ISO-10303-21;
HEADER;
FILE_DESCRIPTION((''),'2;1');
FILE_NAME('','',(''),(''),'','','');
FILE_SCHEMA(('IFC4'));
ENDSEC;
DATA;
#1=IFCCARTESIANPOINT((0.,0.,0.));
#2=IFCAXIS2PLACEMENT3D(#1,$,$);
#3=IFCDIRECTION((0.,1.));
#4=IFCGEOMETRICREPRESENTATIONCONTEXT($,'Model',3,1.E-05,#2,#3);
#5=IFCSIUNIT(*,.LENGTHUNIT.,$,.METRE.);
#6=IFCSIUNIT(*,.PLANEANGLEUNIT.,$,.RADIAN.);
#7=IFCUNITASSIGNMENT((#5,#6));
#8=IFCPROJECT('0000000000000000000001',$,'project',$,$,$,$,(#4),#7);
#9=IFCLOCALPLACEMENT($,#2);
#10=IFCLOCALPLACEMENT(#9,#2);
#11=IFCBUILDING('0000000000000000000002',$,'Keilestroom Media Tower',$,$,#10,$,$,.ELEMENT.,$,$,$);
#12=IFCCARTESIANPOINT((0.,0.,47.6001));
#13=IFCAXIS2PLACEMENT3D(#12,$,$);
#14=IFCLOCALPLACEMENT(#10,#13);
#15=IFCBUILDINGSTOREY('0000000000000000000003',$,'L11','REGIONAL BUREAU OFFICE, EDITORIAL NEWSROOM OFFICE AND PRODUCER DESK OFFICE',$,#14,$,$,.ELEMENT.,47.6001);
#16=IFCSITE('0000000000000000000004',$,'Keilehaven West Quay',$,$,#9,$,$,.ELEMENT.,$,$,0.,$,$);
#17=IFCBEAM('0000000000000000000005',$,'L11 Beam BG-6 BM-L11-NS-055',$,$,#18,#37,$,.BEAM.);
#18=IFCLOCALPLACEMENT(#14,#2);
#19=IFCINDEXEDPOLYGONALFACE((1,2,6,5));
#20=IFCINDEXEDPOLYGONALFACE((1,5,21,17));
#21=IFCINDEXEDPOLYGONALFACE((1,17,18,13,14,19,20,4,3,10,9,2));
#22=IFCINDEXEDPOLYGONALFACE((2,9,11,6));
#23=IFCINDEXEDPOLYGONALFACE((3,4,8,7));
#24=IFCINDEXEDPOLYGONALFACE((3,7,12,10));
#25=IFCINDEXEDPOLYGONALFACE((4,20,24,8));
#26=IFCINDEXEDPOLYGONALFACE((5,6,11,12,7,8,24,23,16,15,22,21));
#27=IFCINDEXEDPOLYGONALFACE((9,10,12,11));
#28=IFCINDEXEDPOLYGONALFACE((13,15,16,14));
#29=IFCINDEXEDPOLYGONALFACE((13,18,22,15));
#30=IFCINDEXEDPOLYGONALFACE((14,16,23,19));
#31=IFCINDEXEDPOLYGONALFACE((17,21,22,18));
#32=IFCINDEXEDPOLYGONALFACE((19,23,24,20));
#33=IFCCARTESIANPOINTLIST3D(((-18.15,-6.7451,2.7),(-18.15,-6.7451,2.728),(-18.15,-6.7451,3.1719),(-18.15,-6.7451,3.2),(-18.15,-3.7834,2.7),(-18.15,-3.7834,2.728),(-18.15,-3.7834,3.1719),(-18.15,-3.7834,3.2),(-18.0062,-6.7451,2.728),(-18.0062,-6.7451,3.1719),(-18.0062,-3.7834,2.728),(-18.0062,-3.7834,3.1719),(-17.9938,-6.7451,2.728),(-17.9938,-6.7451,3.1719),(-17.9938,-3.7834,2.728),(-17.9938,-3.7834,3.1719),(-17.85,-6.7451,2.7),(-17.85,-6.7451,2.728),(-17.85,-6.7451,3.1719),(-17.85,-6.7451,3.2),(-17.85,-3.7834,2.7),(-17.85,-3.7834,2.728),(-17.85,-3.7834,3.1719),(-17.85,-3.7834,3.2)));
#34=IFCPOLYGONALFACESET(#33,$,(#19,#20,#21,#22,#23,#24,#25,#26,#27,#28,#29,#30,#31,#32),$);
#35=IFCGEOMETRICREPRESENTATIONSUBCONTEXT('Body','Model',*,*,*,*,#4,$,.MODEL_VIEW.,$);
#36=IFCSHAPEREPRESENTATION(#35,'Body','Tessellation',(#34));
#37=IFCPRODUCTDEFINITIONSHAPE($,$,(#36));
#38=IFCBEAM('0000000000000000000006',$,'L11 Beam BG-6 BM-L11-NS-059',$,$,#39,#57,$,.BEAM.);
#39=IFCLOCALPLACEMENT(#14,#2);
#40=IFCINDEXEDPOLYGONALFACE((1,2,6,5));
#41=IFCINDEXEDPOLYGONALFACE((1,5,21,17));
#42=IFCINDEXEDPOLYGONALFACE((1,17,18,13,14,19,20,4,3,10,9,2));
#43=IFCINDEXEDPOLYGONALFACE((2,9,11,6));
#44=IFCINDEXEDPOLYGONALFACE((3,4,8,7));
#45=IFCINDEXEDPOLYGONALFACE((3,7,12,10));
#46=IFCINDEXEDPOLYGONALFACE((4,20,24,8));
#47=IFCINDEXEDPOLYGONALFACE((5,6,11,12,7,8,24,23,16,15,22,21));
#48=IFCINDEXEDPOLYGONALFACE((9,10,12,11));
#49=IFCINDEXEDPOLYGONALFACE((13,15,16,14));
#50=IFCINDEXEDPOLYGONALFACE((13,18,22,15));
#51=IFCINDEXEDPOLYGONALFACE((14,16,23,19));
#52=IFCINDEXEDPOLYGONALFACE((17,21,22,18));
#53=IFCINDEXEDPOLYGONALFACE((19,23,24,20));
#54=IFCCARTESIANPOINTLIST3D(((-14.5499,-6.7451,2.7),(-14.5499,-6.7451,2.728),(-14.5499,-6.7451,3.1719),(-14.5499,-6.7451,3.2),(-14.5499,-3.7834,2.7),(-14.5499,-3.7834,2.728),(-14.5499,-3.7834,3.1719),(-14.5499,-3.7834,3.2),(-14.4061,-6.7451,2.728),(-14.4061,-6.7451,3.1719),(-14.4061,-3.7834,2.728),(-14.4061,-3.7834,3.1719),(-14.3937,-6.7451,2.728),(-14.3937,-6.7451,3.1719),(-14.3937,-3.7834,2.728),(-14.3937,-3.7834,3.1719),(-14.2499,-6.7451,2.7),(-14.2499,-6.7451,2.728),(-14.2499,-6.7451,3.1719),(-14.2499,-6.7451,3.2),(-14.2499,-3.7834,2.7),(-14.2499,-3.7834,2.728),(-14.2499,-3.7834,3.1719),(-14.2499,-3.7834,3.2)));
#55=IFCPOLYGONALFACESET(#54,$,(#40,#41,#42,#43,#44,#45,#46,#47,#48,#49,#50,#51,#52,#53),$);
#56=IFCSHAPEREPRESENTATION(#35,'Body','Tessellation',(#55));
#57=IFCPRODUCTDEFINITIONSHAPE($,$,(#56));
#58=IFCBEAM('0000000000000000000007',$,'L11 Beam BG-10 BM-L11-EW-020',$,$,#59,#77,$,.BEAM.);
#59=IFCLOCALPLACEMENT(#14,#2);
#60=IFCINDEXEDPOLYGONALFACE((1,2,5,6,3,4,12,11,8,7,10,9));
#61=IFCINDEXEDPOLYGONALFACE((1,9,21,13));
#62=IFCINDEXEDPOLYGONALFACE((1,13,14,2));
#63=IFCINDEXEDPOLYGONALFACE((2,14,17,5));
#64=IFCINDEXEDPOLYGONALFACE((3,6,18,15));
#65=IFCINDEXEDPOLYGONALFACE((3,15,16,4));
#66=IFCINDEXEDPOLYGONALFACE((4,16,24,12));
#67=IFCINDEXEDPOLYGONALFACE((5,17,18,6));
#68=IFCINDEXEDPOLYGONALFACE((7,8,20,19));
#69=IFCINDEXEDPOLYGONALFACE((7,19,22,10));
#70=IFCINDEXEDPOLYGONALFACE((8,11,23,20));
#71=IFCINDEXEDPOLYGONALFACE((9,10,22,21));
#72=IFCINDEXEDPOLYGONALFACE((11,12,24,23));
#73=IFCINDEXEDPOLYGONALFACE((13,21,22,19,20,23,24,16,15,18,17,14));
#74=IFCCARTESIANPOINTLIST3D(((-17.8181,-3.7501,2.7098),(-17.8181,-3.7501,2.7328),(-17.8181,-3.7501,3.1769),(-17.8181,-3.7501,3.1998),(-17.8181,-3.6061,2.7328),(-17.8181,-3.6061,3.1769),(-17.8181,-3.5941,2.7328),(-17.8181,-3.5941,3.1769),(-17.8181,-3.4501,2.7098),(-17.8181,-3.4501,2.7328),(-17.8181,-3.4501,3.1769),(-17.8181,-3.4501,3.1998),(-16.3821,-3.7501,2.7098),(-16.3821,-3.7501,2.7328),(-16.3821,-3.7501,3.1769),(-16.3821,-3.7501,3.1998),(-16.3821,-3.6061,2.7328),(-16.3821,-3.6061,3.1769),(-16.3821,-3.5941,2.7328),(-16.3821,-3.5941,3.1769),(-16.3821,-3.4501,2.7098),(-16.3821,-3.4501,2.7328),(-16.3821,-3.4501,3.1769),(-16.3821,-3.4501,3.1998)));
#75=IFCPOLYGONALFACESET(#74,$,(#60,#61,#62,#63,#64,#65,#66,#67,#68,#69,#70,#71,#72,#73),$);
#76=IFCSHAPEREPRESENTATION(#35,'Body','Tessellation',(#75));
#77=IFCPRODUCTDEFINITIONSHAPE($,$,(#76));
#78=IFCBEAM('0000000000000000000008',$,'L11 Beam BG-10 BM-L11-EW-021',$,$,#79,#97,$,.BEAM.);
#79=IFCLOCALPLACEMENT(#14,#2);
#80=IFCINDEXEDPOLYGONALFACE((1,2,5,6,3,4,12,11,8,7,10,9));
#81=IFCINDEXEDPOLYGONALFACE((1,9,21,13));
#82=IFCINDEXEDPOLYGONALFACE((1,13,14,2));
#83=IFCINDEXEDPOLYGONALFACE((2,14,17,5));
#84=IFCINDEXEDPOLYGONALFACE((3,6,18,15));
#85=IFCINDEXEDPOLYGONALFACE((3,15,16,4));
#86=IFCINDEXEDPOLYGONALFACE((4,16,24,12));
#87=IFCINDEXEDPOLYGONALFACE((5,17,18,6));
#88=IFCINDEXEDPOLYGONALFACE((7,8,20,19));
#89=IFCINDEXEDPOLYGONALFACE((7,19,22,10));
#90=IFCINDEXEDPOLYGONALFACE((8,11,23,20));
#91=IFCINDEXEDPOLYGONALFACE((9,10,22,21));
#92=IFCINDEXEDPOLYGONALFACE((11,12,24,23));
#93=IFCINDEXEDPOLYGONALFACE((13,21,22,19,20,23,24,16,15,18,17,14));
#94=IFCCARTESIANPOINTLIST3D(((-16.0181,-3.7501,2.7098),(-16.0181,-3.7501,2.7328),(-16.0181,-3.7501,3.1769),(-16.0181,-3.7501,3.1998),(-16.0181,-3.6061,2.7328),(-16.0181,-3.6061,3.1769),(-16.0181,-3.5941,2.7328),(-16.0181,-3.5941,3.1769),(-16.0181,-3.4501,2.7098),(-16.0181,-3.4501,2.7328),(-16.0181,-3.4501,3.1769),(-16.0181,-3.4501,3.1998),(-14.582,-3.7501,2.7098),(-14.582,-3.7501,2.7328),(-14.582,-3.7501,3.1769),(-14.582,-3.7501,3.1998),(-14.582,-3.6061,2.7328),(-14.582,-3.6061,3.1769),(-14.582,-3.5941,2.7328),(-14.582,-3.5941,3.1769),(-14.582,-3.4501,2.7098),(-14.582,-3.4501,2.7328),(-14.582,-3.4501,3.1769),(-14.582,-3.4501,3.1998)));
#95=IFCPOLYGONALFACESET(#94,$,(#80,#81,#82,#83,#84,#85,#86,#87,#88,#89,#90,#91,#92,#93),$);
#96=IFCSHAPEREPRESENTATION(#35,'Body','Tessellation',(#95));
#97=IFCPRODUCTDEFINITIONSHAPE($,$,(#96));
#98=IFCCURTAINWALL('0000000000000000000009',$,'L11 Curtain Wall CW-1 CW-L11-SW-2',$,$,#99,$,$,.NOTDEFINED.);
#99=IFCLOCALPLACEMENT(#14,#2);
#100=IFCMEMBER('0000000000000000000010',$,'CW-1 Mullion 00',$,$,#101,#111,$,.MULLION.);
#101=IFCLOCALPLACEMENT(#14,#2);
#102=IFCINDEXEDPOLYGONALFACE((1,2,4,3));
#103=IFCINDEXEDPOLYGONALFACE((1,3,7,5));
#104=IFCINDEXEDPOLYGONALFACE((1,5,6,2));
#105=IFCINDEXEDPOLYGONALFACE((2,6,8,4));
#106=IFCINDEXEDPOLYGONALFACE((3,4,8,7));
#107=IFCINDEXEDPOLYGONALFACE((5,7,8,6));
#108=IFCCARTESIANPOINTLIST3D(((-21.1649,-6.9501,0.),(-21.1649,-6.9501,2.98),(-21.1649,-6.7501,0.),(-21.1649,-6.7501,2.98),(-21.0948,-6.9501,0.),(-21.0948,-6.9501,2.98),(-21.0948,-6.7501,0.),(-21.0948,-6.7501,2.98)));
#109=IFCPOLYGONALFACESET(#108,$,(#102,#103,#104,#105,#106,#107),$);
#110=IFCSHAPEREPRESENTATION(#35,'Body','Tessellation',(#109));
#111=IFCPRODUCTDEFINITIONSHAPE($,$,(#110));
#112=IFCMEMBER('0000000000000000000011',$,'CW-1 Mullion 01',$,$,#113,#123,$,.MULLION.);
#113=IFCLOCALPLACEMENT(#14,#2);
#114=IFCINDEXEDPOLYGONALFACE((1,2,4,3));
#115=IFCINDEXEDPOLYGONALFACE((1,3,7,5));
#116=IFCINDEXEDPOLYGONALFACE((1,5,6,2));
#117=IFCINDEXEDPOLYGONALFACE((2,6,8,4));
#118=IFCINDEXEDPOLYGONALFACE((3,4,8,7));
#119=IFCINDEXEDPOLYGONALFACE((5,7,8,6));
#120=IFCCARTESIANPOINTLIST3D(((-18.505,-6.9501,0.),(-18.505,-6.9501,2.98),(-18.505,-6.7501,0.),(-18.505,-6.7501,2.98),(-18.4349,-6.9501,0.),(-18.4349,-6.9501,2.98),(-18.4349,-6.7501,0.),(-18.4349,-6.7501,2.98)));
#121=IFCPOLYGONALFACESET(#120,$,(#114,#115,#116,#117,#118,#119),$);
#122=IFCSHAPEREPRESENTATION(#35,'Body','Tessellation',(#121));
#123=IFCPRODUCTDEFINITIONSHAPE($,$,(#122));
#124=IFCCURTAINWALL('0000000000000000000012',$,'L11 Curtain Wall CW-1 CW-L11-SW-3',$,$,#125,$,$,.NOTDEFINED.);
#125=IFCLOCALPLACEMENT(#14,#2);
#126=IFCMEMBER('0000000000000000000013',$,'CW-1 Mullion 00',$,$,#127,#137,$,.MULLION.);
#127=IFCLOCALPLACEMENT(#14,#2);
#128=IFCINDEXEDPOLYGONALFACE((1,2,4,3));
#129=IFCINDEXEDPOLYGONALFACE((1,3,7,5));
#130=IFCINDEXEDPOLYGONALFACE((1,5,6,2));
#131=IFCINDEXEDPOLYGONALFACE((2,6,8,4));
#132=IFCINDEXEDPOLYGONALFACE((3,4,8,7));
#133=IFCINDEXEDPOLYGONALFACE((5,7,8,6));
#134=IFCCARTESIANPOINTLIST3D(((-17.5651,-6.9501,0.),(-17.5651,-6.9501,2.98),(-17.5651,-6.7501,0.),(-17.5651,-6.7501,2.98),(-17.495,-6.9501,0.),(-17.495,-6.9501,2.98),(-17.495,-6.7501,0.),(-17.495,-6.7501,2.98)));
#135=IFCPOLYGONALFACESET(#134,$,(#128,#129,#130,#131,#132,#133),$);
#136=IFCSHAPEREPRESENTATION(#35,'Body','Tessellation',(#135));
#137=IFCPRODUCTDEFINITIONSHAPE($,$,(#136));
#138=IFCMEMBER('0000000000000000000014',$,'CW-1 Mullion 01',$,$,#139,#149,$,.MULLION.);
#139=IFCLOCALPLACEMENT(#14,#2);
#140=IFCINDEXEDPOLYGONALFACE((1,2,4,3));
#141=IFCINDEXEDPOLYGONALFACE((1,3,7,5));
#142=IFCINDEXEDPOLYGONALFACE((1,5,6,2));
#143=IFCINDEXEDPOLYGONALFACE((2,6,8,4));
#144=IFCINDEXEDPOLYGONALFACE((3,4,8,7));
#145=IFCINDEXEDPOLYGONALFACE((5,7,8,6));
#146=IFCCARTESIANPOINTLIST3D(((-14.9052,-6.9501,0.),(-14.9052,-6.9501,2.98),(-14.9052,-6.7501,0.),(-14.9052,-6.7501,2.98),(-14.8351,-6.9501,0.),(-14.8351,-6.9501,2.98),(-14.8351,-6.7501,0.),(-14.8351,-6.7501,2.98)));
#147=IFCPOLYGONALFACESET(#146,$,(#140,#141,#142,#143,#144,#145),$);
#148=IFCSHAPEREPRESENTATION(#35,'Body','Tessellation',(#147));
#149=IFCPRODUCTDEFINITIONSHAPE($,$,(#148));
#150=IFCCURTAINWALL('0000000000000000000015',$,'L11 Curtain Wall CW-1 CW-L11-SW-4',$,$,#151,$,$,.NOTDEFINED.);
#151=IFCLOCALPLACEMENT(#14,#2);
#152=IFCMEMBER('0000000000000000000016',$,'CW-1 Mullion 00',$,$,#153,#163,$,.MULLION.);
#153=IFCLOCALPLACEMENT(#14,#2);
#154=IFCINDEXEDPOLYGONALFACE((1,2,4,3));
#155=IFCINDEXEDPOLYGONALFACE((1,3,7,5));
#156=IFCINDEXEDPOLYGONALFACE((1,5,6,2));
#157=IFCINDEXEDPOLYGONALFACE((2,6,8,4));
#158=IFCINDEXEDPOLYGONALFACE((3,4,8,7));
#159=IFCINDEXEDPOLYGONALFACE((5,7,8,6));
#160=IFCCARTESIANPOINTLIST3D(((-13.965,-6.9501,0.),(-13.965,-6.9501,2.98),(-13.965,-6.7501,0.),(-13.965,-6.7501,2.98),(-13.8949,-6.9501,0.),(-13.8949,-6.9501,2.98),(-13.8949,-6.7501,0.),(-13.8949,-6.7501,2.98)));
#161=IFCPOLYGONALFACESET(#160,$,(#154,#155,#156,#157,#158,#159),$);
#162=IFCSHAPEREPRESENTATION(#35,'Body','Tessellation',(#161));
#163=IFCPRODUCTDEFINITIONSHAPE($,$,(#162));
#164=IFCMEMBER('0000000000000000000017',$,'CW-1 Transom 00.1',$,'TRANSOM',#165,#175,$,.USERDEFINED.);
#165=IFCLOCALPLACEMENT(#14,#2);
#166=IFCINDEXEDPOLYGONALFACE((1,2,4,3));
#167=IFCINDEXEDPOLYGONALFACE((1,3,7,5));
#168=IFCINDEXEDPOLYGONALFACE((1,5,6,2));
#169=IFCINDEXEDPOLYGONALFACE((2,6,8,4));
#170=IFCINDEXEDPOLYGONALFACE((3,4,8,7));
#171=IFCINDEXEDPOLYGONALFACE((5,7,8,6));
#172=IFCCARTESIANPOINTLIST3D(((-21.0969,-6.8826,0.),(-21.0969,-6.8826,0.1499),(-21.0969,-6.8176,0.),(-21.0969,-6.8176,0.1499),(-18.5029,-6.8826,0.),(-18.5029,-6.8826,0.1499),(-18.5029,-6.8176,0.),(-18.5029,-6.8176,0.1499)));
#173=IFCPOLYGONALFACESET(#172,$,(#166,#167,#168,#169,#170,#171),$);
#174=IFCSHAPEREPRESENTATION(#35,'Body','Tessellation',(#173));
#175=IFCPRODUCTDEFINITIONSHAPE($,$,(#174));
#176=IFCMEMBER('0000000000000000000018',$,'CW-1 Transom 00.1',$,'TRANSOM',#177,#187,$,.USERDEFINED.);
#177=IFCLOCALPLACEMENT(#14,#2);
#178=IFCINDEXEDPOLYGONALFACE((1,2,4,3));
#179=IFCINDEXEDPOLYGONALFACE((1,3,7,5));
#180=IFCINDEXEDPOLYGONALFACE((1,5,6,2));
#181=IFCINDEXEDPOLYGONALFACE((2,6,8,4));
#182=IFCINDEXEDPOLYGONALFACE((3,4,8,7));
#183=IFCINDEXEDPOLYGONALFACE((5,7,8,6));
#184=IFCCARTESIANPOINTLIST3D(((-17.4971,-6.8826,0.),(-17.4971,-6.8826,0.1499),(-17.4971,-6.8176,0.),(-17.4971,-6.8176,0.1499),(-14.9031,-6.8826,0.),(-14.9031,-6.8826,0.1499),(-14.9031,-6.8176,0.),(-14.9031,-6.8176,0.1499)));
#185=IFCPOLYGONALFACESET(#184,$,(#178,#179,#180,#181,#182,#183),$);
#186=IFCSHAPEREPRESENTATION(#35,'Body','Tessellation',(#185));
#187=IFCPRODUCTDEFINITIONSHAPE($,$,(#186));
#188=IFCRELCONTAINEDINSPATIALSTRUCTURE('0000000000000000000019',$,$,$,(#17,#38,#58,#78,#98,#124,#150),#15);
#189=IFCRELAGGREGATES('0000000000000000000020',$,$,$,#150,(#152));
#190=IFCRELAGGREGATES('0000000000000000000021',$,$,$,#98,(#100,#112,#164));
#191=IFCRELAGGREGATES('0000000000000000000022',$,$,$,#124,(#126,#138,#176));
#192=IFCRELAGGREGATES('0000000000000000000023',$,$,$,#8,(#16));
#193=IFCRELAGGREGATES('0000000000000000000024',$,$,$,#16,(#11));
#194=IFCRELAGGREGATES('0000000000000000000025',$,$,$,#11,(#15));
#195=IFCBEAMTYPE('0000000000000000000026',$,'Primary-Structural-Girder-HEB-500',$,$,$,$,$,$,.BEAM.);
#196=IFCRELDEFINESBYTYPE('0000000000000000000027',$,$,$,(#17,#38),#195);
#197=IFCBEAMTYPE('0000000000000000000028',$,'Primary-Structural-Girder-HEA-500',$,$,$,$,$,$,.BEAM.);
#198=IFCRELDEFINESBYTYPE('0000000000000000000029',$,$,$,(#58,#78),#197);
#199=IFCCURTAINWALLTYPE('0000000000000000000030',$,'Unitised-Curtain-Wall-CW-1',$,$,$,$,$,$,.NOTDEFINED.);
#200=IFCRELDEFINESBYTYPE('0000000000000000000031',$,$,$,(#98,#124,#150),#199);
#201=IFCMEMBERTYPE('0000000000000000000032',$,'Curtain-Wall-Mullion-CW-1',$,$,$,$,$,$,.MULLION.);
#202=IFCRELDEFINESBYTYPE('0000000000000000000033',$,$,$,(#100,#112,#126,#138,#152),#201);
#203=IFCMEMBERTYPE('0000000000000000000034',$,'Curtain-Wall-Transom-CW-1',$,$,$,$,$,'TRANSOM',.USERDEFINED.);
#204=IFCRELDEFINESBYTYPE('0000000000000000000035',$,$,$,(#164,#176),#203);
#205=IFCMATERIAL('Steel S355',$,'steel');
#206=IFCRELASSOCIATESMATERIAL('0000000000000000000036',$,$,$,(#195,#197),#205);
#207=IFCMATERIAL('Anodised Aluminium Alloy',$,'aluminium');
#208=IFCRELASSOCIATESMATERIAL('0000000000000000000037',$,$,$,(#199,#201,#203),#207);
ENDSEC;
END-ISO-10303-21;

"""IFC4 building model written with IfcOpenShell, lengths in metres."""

from ifc_helpers import new_model, si_unit, direction, frame, origin, origin_2d, place, context, subcontext, project, spatial, rectangle, i_section, extrude, source, transform, mapped, material, material_profile, profile_set, type_object, element, aggregate, save


model = new_model("IFC4")

# Units and contexts
model_context = context("Model", 3, precision=1e-05, world=origin(), true_north=direction((0.0, 1.0)))
body_context = subcontext(model_context, "Body", "Model", "MODEL_VIEW")
ifc_project = project(units=[si_unit("LENGTHUNIT", "METRE"), si_unit("PLANEANGLEUNIT", "RADIAN")], contexts=[model_context])

# Site, building, storey
site_placement = place(None, origin())
site = spatial("IfcSite", under=ifc_project, at=site_placement, Name="Keilehaven West Quay", CompositionType="ELEMENT", RefElevation=0.0)
building_placement = place(site_placement, origin())
building = spatial("IfcBuilding", under=site, at=building_placement, Name="Keilestroom Media Tower", CompositionType="ELEMENT")
storey_placement = place(building_placement, frame((0.0, 0.0, 47.6001)))
storey = spatial("IfcBuildingStorey", under=building, at=storey_placement, Name="L11", Description="REGIONAL BUREAU OFFICE, EDITORIAL NEWSROOM OFFICE AND PRODUCER DESK OFFICE", CompositionType="ELEMENT", Elevation=47.6001)

# Beams
ifc_material_1 = material(Name="Steel S355", Category="steel")
ifc_material_profile_1 = material_profile(ifc_material_1, i_section(OverallWidth=0.3, OverallDepth=0.5, WebThickness=0.0125, FlangeThickness=0.0281, at=origin_2d()), Name="HEB 500")
ifc_profile_set_1 = profile_set([ifc_material_profile_1], Name="Steel S355")
beam_type_1 = type_object("IfcBeamType", Name="Primary-Structural-Girder-HEB-500", PredefinedType="BEAM", material=ifc_profile_set_1)
shared_shape_1 = source(origin(), body_context, "Body", "SweptSolid", [
    extrude(i_section(OverallWidth=0.3, OverallDepth=0.5, WebThickness=0.0125, FlangeThickness=0.0281, at=origin_2d()), origin(), (0.0, 0.0, 1.0), 2.9617),
])
for number, where, z_axis, x_axis, name in (
    (1, (-18.0, -6.7451, 2.95), (0.0, 1.0, 0.0), (-1.0, 0.0, 0.0), "L11 Beam BG-6 BM-L11-NS-055"),
    (2, (-14.3999, -6.7451, 2.95), (0.0, 1.0, 0.0), (-1.0, 0.0, 0.0), "L11 Beam BG-6 BM-L11-NS-059"),
):
    element("IfcBeam", number, at=place(storey_placement, frame(where, z_axis=z_axis, x_axis=x_axis)), inside=storey, type_object=beam_type_1, Name=name, PredefinedType="BEAM", context=body_context, shape_type="MappedRepresentation", body=[
        mapped(shared_shape_1, transform((0.0, 0.0, 0.0), x_axis=(1.0, 0.0, 0.0), y_axis=(0.0, 1.0, 0.0), z_axis=(0.0, 0.0, 1.0), scale=1.0)),
    ])
ifc_material_profile_2 = material_profile(ifc_material_1, i_section(OverallWidth=0.3, OverallDepth=0.49, WebThickness=0.012, FlangeThickness=0.0229, at=origin_2d()), Name="HEA 500")
ifc_profile_set_2 = profile_set([ifc_material_profile_2], Name="Steel S355")
beam_type_2 = type_object("IfcBeamType", Name="Primary-Structural-Girder-HEA-500", PredefinedType="BEAM", material=ifc_profile_set_2)
shared_shape_2 = source(origin(), body_context, "Body", "SweptSolid", [
    extrude(i_section(OverallWidth=0.3, OverallDepth=0.49, WebThickness=0.012, FlangeThickness=0.0229, at=origin_2d()), origin(), (0.0, 0.0, 1.0), 1.436),
])
for number, where, z_axis, x_axis, name in (
    (3, (-17.8181, -3.6001, 2.9548), (1.0, 0.0, 0.0), (0.0, 1.0, 0.0), "L11 Beam BG-10 BM-L11-EW-020"),
    (4, (-16.0181, -3.6001, 2.9548), (1.0, 0.0, 0.0), (0.0, 1.0, 0.0), "L11 Beam BG-10 BM-L11-EW-021"),
):
    element("IfcBeam", number, at=place(storey_placement, frame(where, z_axis=z_axis, x_axis=x_axis)), inside=storey, type_object=beam_type_2, Name=name, PredefinedType="BEAM", context=body_context, shape_type="MappedRepresentation", body=[
        mapped(shared_shape_2, transform((0.0, 0.0, 0.0), x_axis=(1.0, 0.0, 0.0), y_axis=(0.0, 1.0, 0.0), z_axis=(0.0, 0.0, 1.0), scale=1.0)),
    ])

# Curtain walls, members
ifc_material_2 = material(Name="Anodised Aluminium Alloy", Category="aluminium")
curtain_wall_type = type_object("IfcCurtainWallType", Name="Unitised-Curtain-Wall-CW-1", PredefinedType="NOTDEFINED", material=ifc_material_2)
curtain_wall_1_placement = place(storey_placement, origin())
curtain_wall_1 = element("IfcCurtainWall", 5, at=curtain_wall_1_placement, inside=storey, type_object=curtain_wall_type, Name="L11 Curtain Wall CW-1 CW-L11-SW-2", PredefinedType="NOTDEFINED")
ifc_material_profile_3 = material_profile(ifc_material_2, rectangle(XDim=0.0701, YDim=0.2, at=origin_2d()), Name="ALU MULLION 70x200")
ifc_profile_set_3 = profile_set([ifc_material_profile_3], Name="Anodised Aluminium Alloy")
member_type_1 = type_object("IfcMemberType", Name="Curtain-Wall-Mullion-CW-1", PredefinedType="MULLION", material=ifc_profile_set_3)
shared_shape_3 = source(origin(), body_context, "Body", "SweptSolid", [
    extrude(rectangle(XDim=0.0701, YDim=0.2, at=origin_2d()), origin(), (0.0, 0.0, 1.0), 2.98),
])
member_1_placement = place(storey_placement, frame((-21.1299, -6.8501, 0.0), z_axis=(0.0, 0.0, 1.0), x_axis=(1.0, 0.0, 0.0)))
member_1 = element("IfcMember", 6, at=member_1_placement, type_object=member_type_1, Name="CW-1 Mullion 00", PredefinedType="MULLION", context=body_context, shape_type="MappedRepresentation", body=[
    mapped(shared_shape_3, transform((0.0, 0.0, 0.0), x_axis=(1.0, 0.0, 0.0), y_axis=(0.0, 1.0, 0.0), z_axis=(0.0, 0.0, 1.0), scale=1.0)),
])
member_2_placement = place(storey_placement, frame((-18.47, -6.8501, 0.0), z_axis=(0.0, 0.0, 1.0), x_axis=(1.0, 0.0, 0.0)))
member_2 = element("IfcMember", 7, at=member_2_placement, type_object=member_type_1, Name="CW-1 Mullion 01", PredefinedType="MULLION", context=body_context, shape_type="MappedRepresentation", body=[
    mapped(shared_shape_3, transform((0.0, 0.0, 0.0), x_axis=(1.0, 0.0, 0.0), y_axis=(0.0, 1.0, 0.0), z_axis=(0.0, 0.0, 1.0), scale=1.0)),
])
curtain_wall_2_placement = place(storey_placement, origin())
curtain_wall_2 = element("IfcCurtainWall", 8, at=curtain_wall_2_placement, inside=storey, type_object=curtain_wall_type, Name="L11 Curtain Wall CW-1 CW-L11-SW-3", PredefinedType="NOTDEFINED")
member_3_placement = place(storey_placement, frame((-17.53, -6.8501, 0.0), z_axis=(0.0, 0.0, 1.0), x_axis=(1.0, 0.0, 0.0)))
member_3 = element("IfcMember", 9, at=member_3_placement, type_object=member_type_1, Name="CW-1 Mullion 00", PredefinedType="MULLION", context=body_context, shape_type="MappedRepresentation", body=[
    mapped(shared_shape_3, transform((0.0, 0.0, 0.0), x_axis=(1.0, 0.0, 0.0), y_axis=(0.0, 1.0, 0.0), z_axis=(0.0, 0.0, 1.0), scale=1.0)),
])
member_4_placement = place(storey_placement, frame((-14.8701, -6.8501, 0.0), z_axis=(0.0, 0.0, 1.0), x_axis=(1.0, 0.0, 0.0)))
member_4 = element("IfcMember", 10, at=member_4_placement, type_object=member_type_1, Name="CW-1 Mullion 01", PredefinedType="MULLION", context=body_context, shape_type="MappedRepresentation", body=[
    mapped(shared_shape_3, transform((0.0, 0.0, 0.0), x_axis=(1.0, 0.0, 0.0), y_axis=(0.0, 1.0, 0.0), z_axis=(0.0, 0.0, 1.0), scale=1.0)),
])

# Curtain wall, member
curtain_wall_3_placement = place(storey_placement, origin())
curtain_wall_3 = element("IfcCurtainWall", 11, at=curtain_wall_3_placement, inside=storey, type_object=curtain_wall_type, Name="L11 Curtain Wall CW-1 CW-L11-SW-4", PredefinedType="NOTDEFINED")
member_5_placement = place(storey_placement, frame((-13.9299, -6.8501, 0.0), z_axis=(0.0, 0.0, 1.0), x_axis=(1.0, 0.0, 0.0)))
member_5 = element("IfcMember", 12, at=member_5_placement, type_object=member_type_1, Name="CW-1 Mullion 00", PredefinedType="MULLION", context=body_context, shape_type="MappedRepresentation", body=[
    mapped(shared_shape_3, transform((0.0, 0.0, 0.0), x_axis=(1.0, 0.0, 0.0), y_axis=(0.0, 1.0, 0.0), z_axis=(0.0, 0.0, 1.0), scale=1.0)),
])

# Members
ifc_material_profile_4 = material_profile(ifc_material_2, rectangle(XDim=0.0649, YDim=0.1499, at=origin_2d()), Name="ALU TRANSOM 65x150")
ifc_profile_set_4 = profile_set([ifc_material_profile_4], Name="Anodised Aluminium Alloy")
member_type_2 = type_object("IfcMemberType", Name="Curtain-Wall-Transom-CW-1", ElementType="TRANSOM", PredefinedType="USERDEFINED", material=ifc_profile_set_4)
shared_shape_4 = source(origin(), body_context, "Body", "SweptSolid", [
    extrude(rectangle(XDim=0.0649, YDim=0.1499, at=origin_2d()), origin(), (0.0, 0.0, 1.0), 2.594),
])
member_6_placement = place(storey_placement, frame((-21.0969, -6.8501, 0.075), z_axis=(1.0, 0.0, 0.0), x_axis=(0.0, 1.0, 0.0)))
member_6 = element("IfcMember", 13, at=member_6_placement, type_object=member_type_2, Name="CW-1 Transom 00.1", ObjectType="TRANSOM", PredefinedType="USERDEFINED", context=body_context, shape_type="MappedRepresentation", body=[
    mapped(shared_shape_4, transform((0.0, 0.0, 0.0), x_axis=(1.0, 0.0, 0.0), y_axis=(0.0, 1.0, 0.0), z_axis=(0.0, 0.0, 1.0), scale=1.0)),
])
member_7_placement = place(storey_placement, frame((-17.4971, -6.8501, 0.075), z_axis=(1.0, 0.0, 0.0), x_axis=(0.0, 1.0, 0.0)))
member_7 = element("IfcMember", 14, at=member_7_placement, type_object=member_type_2, Name="CW-1 Transom 00.1", ObjectType="TRANSOM", PredefinedType="USERDEFINED", context=body_context, shape_type="MappedRepresentation", body=[
    mapped(shared_shape_4, transform((0.0, 0.0, 0.0), x_axis=(1.0, 0.0, 0.0), y_axis=(0.0, 1.0, 0.0), z_axis=(0.0, 0.0, 1.0), scale=1.0)),
])
aggregate(curtain_wall_3, [member_5])

aggregate(curtain_wall_1, [member_1, member_2, member_6])
aggregate(curtain_wall_2, [member_3, member_4, member_7])

save(model, "model.ifc")
